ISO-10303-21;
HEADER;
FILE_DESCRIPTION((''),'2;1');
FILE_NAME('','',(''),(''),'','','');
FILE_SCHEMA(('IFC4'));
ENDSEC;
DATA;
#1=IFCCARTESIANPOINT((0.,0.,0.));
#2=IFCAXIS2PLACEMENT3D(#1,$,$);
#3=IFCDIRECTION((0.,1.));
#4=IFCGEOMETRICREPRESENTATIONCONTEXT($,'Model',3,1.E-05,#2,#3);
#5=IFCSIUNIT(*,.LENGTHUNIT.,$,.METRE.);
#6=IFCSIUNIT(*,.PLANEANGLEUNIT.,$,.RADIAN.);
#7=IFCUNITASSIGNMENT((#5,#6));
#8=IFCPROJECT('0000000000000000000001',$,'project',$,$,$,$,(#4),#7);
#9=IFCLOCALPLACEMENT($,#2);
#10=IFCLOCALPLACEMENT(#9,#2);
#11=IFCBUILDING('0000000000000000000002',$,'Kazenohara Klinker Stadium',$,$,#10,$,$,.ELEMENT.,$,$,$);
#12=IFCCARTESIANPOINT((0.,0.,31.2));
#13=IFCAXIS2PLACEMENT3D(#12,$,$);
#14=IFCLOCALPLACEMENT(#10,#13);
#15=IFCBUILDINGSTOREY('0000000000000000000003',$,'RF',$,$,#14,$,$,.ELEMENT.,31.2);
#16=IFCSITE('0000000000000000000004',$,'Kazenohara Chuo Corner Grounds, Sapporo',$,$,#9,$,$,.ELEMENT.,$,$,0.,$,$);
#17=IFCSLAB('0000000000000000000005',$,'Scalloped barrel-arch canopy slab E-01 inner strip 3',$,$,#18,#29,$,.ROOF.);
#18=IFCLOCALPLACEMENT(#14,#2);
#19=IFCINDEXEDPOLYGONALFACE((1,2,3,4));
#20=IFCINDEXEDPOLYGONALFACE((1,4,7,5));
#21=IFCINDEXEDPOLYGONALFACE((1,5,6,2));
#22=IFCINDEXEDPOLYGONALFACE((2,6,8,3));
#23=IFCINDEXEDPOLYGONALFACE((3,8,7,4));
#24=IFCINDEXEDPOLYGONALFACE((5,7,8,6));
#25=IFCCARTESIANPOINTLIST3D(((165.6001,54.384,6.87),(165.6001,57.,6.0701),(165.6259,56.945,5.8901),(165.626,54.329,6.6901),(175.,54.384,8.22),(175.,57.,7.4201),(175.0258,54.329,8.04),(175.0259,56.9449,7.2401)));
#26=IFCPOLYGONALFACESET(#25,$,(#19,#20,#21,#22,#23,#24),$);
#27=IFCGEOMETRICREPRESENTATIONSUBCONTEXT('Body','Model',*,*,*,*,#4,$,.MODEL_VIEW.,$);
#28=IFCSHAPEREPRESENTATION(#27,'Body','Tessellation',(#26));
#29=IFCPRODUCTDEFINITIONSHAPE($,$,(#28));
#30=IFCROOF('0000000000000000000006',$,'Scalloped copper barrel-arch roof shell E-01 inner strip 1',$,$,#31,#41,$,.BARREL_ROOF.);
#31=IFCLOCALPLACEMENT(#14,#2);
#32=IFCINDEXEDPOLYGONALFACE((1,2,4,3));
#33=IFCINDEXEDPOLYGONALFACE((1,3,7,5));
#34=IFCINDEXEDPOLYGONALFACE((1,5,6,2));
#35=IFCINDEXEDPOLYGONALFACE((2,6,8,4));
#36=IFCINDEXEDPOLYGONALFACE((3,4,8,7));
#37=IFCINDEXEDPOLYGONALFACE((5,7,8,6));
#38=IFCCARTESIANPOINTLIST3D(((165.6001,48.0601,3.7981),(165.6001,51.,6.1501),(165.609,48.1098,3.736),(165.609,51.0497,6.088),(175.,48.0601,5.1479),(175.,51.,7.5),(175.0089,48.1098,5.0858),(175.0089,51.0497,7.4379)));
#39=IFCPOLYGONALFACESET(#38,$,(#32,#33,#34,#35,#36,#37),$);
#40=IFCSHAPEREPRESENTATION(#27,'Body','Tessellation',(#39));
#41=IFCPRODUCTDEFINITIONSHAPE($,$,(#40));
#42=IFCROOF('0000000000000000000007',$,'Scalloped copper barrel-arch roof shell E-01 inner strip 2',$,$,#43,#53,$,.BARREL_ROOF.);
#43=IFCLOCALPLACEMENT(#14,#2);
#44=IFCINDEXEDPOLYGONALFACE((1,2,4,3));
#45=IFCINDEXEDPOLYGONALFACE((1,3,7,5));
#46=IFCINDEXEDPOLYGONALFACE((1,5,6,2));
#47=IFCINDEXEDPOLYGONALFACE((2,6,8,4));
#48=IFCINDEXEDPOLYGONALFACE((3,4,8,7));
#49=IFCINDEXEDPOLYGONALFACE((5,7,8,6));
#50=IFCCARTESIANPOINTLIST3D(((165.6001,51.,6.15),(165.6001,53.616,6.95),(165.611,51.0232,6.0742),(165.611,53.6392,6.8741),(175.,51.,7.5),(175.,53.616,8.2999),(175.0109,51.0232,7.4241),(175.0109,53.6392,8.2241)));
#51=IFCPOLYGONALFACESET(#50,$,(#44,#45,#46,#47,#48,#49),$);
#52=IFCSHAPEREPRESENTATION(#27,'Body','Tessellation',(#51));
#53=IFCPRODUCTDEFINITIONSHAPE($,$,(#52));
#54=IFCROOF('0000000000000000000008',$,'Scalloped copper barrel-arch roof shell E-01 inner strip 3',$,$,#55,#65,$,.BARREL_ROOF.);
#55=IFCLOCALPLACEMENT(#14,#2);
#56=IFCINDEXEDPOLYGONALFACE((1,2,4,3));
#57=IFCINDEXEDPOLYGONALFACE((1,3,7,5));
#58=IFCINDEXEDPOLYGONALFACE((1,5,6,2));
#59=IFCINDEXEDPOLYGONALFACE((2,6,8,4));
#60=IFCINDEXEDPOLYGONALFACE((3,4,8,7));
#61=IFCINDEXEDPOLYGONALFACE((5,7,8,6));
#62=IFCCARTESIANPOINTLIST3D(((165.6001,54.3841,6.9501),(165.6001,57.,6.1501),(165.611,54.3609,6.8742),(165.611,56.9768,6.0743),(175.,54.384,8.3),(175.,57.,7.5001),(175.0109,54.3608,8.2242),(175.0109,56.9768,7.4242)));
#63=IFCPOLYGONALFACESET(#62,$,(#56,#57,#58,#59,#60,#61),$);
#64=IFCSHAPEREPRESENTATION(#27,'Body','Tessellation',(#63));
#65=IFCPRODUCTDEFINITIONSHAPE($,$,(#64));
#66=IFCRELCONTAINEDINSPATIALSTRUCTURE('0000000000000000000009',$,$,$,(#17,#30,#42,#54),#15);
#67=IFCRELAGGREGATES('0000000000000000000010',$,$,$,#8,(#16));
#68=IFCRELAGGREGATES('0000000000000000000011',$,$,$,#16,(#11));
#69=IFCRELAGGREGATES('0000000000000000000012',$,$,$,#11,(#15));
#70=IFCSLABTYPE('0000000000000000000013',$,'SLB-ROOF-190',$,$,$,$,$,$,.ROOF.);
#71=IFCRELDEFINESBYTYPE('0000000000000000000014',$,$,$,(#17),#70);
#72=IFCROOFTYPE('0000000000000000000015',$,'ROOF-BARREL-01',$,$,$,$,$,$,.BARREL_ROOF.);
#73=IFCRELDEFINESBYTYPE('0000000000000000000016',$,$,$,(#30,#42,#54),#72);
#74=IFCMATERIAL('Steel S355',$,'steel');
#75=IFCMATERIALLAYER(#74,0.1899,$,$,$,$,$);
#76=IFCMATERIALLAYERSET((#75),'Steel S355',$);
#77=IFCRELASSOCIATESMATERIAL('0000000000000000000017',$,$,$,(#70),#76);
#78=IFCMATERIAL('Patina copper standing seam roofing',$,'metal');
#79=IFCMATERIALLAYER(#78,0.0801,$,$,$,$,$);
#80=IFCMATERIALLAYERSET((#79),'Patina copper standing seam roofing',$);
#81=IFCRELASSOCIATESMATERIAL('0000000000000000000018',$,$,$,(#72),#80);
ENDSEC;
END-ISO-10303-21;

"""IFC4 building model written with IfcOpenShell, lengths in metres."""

from ifc_helpers import new_model, si_unit, direction, frame, origin, place, context, subcontext, project, spatial, polyline, outline, extrude, material, layer, layer_set, type_object, element, save


model = new_model("IFC4")

# Units and contexts
model_context = context("Model", 3, precision=1e-05, world=origin(), true_north=direction((0.0, 1.0)))
body_context = subcontext(model_context, "Body", "Model", "MODEL_VIEW")
ifc_project = project(units=[si_unit("LENGTHUNIT", "METRE"), si_unit("PLANEANGLEUNIT", "RADIAN")], contexts=[model_context])

# Site, building, storey
site_placement = place(None, origin())
site = spatial("IfcSite", under=ifc_project, at=site_placement, Name="Kazenohara Chuo Corner Grounds, Sapporo", CompositionType="ELEMENT", RefElevation=0.0)
building_placement = place(site_placement, origin())
building = spatial("IfcBuilding", under=site, at=building_placement, Name="Kazenohara Klinker Stadium", CompositionType="ELEMENT")
storey_placement = place(building_placement, frame((0.0, 0.0, 31.2)))
storey = spatial("IfcBuildingStorey", under=building, at=storey_placement, Name="RF", CompositionType="ELEMENT", Elevation=31.2)

# Shared definitions
ifc_material_1 = material(Name="Steel S355", Category="steel")

# Slab
ifc_layer_1 = layer(ifc_material_1, 0.1899)
ifc_layer_set_1 = layer_set([ifc_layer_1], Name="Steel S355")
slab_type = type_object("IfcSlabType", Name="SLB-ROOF-190", PredefinedType="ROOF", material=ifc_layer_set_1)
slab_1_placement = place(storey_placement, frame((175.0, 54.384, 8.22), z_axis=(-0.136061, 0.289701, 0.947397), x_axis=(-0.989844, -0.000004, -0.142156)))
element("IfcSlab", 1, at=slab_1_placement, inside=storey, type_object=slab_type, Name="Scalloped barrel-arch canopy slab E-01 inner strip 3", PredefinedType="ROOF", context=body_context, shape_type="SweptSolid", body=[
    extrude(outline(polyline([(0.0, 0.0), (9.4963, 0.0), (9.6101, -2.7332), (0.1137, -2.7331), (0.0, 0.0)])), origin(), (0.0, 0.0, -1.0), 0.1899),
])

# Roofs
ifc_material_2 = material(Name="Patina copper standing seam roofing", Category="metal")
ifc_layer_2 = layer(ifc_material_2, 0.0801)
ifc_layer_set_2 = layer_set([ifc_layer_2], Name="Patina copper standing seam roofing")
roof_type = type_object("IfcRoofType", Name="ROOF-BARREL-01", PredefinedType="BARREL_ROOF", material=ifc_layer_set_2)
roof_1_placement = place(storey_placement, frame((175.0, 48.0601, 5.1479), z_axis=(-0.111435, -0.62082, 0.775993), x_axis=(-0.989846, 0.0, -0.142145)))
element("IfcRoof", 2, at=roof_1_placement, inside=storey, type_object=roof_type, Name="Scalloped copper barrel-arch roof shell E-01 inner strip 1", PredefinedType="BARREL_ROOF", context=body_context, shape_type="SweptSolid", body=[
    extrude(outline(polyline([(0.0, 0.0), (9.4963, 0.0), (9.162, -3.7501), (-0.3343, -3.7501), (0.0, 0.0)])), origin(), (0.0, 0.0, -1.0), 0.0801),
])
roof_2_placement = place(storey_placement, frame((175.0, 51.0, 7.5), z_axis=(-0.136061, -0.289701, 0.947397), x_axis=(-0.989844, 0.000004, -0.142156)))
element("IfcRoof", 3, at=roof_2_placement, inside=storey, type_object=roof_type, Name="Scalloped copper barrel-arch roof shell E-01 inner strip 2", PredefinedType="BARREL_ROOF", context=body_context, shape_type="SweptSolid", body=[
    extrude(outline(polyline([(0.0, 0.0), (9.4963, 0.0), (9.3826, -2.7331), (-0.1137, -2.7332), (0.0, 0.0)])), origin(), (0.0, 0.0, -1.0), 0.0801),
])
roof_3_placement = place(storey_placement, frame((175.0, 54.384, 8.3), z_axis=(-0.136061, 0.289701, 0.947397), x_axis=(-0.989844, 0.000004, -0.142158)))
element("IfcRoof", 4, at=roof_3_placement, inside=storey, type_object=roof_type, Name="Scalloped copper barrel-arch roof shell E-01 inner strip 3", PredefinedType="BARREL_ROOF", context=body_context, shape_type="SweptSolid", body=[
    extrude(outline(polyline([(0.0, 0.0), (9.4964, 0.0), (9.6101, -2.7331), (0.1137, -2.7332), (0.0, 0.0)])), origin(), (0.0, 0.0, -1.0), 0.0801),
])

save(model, "model.ifc")
